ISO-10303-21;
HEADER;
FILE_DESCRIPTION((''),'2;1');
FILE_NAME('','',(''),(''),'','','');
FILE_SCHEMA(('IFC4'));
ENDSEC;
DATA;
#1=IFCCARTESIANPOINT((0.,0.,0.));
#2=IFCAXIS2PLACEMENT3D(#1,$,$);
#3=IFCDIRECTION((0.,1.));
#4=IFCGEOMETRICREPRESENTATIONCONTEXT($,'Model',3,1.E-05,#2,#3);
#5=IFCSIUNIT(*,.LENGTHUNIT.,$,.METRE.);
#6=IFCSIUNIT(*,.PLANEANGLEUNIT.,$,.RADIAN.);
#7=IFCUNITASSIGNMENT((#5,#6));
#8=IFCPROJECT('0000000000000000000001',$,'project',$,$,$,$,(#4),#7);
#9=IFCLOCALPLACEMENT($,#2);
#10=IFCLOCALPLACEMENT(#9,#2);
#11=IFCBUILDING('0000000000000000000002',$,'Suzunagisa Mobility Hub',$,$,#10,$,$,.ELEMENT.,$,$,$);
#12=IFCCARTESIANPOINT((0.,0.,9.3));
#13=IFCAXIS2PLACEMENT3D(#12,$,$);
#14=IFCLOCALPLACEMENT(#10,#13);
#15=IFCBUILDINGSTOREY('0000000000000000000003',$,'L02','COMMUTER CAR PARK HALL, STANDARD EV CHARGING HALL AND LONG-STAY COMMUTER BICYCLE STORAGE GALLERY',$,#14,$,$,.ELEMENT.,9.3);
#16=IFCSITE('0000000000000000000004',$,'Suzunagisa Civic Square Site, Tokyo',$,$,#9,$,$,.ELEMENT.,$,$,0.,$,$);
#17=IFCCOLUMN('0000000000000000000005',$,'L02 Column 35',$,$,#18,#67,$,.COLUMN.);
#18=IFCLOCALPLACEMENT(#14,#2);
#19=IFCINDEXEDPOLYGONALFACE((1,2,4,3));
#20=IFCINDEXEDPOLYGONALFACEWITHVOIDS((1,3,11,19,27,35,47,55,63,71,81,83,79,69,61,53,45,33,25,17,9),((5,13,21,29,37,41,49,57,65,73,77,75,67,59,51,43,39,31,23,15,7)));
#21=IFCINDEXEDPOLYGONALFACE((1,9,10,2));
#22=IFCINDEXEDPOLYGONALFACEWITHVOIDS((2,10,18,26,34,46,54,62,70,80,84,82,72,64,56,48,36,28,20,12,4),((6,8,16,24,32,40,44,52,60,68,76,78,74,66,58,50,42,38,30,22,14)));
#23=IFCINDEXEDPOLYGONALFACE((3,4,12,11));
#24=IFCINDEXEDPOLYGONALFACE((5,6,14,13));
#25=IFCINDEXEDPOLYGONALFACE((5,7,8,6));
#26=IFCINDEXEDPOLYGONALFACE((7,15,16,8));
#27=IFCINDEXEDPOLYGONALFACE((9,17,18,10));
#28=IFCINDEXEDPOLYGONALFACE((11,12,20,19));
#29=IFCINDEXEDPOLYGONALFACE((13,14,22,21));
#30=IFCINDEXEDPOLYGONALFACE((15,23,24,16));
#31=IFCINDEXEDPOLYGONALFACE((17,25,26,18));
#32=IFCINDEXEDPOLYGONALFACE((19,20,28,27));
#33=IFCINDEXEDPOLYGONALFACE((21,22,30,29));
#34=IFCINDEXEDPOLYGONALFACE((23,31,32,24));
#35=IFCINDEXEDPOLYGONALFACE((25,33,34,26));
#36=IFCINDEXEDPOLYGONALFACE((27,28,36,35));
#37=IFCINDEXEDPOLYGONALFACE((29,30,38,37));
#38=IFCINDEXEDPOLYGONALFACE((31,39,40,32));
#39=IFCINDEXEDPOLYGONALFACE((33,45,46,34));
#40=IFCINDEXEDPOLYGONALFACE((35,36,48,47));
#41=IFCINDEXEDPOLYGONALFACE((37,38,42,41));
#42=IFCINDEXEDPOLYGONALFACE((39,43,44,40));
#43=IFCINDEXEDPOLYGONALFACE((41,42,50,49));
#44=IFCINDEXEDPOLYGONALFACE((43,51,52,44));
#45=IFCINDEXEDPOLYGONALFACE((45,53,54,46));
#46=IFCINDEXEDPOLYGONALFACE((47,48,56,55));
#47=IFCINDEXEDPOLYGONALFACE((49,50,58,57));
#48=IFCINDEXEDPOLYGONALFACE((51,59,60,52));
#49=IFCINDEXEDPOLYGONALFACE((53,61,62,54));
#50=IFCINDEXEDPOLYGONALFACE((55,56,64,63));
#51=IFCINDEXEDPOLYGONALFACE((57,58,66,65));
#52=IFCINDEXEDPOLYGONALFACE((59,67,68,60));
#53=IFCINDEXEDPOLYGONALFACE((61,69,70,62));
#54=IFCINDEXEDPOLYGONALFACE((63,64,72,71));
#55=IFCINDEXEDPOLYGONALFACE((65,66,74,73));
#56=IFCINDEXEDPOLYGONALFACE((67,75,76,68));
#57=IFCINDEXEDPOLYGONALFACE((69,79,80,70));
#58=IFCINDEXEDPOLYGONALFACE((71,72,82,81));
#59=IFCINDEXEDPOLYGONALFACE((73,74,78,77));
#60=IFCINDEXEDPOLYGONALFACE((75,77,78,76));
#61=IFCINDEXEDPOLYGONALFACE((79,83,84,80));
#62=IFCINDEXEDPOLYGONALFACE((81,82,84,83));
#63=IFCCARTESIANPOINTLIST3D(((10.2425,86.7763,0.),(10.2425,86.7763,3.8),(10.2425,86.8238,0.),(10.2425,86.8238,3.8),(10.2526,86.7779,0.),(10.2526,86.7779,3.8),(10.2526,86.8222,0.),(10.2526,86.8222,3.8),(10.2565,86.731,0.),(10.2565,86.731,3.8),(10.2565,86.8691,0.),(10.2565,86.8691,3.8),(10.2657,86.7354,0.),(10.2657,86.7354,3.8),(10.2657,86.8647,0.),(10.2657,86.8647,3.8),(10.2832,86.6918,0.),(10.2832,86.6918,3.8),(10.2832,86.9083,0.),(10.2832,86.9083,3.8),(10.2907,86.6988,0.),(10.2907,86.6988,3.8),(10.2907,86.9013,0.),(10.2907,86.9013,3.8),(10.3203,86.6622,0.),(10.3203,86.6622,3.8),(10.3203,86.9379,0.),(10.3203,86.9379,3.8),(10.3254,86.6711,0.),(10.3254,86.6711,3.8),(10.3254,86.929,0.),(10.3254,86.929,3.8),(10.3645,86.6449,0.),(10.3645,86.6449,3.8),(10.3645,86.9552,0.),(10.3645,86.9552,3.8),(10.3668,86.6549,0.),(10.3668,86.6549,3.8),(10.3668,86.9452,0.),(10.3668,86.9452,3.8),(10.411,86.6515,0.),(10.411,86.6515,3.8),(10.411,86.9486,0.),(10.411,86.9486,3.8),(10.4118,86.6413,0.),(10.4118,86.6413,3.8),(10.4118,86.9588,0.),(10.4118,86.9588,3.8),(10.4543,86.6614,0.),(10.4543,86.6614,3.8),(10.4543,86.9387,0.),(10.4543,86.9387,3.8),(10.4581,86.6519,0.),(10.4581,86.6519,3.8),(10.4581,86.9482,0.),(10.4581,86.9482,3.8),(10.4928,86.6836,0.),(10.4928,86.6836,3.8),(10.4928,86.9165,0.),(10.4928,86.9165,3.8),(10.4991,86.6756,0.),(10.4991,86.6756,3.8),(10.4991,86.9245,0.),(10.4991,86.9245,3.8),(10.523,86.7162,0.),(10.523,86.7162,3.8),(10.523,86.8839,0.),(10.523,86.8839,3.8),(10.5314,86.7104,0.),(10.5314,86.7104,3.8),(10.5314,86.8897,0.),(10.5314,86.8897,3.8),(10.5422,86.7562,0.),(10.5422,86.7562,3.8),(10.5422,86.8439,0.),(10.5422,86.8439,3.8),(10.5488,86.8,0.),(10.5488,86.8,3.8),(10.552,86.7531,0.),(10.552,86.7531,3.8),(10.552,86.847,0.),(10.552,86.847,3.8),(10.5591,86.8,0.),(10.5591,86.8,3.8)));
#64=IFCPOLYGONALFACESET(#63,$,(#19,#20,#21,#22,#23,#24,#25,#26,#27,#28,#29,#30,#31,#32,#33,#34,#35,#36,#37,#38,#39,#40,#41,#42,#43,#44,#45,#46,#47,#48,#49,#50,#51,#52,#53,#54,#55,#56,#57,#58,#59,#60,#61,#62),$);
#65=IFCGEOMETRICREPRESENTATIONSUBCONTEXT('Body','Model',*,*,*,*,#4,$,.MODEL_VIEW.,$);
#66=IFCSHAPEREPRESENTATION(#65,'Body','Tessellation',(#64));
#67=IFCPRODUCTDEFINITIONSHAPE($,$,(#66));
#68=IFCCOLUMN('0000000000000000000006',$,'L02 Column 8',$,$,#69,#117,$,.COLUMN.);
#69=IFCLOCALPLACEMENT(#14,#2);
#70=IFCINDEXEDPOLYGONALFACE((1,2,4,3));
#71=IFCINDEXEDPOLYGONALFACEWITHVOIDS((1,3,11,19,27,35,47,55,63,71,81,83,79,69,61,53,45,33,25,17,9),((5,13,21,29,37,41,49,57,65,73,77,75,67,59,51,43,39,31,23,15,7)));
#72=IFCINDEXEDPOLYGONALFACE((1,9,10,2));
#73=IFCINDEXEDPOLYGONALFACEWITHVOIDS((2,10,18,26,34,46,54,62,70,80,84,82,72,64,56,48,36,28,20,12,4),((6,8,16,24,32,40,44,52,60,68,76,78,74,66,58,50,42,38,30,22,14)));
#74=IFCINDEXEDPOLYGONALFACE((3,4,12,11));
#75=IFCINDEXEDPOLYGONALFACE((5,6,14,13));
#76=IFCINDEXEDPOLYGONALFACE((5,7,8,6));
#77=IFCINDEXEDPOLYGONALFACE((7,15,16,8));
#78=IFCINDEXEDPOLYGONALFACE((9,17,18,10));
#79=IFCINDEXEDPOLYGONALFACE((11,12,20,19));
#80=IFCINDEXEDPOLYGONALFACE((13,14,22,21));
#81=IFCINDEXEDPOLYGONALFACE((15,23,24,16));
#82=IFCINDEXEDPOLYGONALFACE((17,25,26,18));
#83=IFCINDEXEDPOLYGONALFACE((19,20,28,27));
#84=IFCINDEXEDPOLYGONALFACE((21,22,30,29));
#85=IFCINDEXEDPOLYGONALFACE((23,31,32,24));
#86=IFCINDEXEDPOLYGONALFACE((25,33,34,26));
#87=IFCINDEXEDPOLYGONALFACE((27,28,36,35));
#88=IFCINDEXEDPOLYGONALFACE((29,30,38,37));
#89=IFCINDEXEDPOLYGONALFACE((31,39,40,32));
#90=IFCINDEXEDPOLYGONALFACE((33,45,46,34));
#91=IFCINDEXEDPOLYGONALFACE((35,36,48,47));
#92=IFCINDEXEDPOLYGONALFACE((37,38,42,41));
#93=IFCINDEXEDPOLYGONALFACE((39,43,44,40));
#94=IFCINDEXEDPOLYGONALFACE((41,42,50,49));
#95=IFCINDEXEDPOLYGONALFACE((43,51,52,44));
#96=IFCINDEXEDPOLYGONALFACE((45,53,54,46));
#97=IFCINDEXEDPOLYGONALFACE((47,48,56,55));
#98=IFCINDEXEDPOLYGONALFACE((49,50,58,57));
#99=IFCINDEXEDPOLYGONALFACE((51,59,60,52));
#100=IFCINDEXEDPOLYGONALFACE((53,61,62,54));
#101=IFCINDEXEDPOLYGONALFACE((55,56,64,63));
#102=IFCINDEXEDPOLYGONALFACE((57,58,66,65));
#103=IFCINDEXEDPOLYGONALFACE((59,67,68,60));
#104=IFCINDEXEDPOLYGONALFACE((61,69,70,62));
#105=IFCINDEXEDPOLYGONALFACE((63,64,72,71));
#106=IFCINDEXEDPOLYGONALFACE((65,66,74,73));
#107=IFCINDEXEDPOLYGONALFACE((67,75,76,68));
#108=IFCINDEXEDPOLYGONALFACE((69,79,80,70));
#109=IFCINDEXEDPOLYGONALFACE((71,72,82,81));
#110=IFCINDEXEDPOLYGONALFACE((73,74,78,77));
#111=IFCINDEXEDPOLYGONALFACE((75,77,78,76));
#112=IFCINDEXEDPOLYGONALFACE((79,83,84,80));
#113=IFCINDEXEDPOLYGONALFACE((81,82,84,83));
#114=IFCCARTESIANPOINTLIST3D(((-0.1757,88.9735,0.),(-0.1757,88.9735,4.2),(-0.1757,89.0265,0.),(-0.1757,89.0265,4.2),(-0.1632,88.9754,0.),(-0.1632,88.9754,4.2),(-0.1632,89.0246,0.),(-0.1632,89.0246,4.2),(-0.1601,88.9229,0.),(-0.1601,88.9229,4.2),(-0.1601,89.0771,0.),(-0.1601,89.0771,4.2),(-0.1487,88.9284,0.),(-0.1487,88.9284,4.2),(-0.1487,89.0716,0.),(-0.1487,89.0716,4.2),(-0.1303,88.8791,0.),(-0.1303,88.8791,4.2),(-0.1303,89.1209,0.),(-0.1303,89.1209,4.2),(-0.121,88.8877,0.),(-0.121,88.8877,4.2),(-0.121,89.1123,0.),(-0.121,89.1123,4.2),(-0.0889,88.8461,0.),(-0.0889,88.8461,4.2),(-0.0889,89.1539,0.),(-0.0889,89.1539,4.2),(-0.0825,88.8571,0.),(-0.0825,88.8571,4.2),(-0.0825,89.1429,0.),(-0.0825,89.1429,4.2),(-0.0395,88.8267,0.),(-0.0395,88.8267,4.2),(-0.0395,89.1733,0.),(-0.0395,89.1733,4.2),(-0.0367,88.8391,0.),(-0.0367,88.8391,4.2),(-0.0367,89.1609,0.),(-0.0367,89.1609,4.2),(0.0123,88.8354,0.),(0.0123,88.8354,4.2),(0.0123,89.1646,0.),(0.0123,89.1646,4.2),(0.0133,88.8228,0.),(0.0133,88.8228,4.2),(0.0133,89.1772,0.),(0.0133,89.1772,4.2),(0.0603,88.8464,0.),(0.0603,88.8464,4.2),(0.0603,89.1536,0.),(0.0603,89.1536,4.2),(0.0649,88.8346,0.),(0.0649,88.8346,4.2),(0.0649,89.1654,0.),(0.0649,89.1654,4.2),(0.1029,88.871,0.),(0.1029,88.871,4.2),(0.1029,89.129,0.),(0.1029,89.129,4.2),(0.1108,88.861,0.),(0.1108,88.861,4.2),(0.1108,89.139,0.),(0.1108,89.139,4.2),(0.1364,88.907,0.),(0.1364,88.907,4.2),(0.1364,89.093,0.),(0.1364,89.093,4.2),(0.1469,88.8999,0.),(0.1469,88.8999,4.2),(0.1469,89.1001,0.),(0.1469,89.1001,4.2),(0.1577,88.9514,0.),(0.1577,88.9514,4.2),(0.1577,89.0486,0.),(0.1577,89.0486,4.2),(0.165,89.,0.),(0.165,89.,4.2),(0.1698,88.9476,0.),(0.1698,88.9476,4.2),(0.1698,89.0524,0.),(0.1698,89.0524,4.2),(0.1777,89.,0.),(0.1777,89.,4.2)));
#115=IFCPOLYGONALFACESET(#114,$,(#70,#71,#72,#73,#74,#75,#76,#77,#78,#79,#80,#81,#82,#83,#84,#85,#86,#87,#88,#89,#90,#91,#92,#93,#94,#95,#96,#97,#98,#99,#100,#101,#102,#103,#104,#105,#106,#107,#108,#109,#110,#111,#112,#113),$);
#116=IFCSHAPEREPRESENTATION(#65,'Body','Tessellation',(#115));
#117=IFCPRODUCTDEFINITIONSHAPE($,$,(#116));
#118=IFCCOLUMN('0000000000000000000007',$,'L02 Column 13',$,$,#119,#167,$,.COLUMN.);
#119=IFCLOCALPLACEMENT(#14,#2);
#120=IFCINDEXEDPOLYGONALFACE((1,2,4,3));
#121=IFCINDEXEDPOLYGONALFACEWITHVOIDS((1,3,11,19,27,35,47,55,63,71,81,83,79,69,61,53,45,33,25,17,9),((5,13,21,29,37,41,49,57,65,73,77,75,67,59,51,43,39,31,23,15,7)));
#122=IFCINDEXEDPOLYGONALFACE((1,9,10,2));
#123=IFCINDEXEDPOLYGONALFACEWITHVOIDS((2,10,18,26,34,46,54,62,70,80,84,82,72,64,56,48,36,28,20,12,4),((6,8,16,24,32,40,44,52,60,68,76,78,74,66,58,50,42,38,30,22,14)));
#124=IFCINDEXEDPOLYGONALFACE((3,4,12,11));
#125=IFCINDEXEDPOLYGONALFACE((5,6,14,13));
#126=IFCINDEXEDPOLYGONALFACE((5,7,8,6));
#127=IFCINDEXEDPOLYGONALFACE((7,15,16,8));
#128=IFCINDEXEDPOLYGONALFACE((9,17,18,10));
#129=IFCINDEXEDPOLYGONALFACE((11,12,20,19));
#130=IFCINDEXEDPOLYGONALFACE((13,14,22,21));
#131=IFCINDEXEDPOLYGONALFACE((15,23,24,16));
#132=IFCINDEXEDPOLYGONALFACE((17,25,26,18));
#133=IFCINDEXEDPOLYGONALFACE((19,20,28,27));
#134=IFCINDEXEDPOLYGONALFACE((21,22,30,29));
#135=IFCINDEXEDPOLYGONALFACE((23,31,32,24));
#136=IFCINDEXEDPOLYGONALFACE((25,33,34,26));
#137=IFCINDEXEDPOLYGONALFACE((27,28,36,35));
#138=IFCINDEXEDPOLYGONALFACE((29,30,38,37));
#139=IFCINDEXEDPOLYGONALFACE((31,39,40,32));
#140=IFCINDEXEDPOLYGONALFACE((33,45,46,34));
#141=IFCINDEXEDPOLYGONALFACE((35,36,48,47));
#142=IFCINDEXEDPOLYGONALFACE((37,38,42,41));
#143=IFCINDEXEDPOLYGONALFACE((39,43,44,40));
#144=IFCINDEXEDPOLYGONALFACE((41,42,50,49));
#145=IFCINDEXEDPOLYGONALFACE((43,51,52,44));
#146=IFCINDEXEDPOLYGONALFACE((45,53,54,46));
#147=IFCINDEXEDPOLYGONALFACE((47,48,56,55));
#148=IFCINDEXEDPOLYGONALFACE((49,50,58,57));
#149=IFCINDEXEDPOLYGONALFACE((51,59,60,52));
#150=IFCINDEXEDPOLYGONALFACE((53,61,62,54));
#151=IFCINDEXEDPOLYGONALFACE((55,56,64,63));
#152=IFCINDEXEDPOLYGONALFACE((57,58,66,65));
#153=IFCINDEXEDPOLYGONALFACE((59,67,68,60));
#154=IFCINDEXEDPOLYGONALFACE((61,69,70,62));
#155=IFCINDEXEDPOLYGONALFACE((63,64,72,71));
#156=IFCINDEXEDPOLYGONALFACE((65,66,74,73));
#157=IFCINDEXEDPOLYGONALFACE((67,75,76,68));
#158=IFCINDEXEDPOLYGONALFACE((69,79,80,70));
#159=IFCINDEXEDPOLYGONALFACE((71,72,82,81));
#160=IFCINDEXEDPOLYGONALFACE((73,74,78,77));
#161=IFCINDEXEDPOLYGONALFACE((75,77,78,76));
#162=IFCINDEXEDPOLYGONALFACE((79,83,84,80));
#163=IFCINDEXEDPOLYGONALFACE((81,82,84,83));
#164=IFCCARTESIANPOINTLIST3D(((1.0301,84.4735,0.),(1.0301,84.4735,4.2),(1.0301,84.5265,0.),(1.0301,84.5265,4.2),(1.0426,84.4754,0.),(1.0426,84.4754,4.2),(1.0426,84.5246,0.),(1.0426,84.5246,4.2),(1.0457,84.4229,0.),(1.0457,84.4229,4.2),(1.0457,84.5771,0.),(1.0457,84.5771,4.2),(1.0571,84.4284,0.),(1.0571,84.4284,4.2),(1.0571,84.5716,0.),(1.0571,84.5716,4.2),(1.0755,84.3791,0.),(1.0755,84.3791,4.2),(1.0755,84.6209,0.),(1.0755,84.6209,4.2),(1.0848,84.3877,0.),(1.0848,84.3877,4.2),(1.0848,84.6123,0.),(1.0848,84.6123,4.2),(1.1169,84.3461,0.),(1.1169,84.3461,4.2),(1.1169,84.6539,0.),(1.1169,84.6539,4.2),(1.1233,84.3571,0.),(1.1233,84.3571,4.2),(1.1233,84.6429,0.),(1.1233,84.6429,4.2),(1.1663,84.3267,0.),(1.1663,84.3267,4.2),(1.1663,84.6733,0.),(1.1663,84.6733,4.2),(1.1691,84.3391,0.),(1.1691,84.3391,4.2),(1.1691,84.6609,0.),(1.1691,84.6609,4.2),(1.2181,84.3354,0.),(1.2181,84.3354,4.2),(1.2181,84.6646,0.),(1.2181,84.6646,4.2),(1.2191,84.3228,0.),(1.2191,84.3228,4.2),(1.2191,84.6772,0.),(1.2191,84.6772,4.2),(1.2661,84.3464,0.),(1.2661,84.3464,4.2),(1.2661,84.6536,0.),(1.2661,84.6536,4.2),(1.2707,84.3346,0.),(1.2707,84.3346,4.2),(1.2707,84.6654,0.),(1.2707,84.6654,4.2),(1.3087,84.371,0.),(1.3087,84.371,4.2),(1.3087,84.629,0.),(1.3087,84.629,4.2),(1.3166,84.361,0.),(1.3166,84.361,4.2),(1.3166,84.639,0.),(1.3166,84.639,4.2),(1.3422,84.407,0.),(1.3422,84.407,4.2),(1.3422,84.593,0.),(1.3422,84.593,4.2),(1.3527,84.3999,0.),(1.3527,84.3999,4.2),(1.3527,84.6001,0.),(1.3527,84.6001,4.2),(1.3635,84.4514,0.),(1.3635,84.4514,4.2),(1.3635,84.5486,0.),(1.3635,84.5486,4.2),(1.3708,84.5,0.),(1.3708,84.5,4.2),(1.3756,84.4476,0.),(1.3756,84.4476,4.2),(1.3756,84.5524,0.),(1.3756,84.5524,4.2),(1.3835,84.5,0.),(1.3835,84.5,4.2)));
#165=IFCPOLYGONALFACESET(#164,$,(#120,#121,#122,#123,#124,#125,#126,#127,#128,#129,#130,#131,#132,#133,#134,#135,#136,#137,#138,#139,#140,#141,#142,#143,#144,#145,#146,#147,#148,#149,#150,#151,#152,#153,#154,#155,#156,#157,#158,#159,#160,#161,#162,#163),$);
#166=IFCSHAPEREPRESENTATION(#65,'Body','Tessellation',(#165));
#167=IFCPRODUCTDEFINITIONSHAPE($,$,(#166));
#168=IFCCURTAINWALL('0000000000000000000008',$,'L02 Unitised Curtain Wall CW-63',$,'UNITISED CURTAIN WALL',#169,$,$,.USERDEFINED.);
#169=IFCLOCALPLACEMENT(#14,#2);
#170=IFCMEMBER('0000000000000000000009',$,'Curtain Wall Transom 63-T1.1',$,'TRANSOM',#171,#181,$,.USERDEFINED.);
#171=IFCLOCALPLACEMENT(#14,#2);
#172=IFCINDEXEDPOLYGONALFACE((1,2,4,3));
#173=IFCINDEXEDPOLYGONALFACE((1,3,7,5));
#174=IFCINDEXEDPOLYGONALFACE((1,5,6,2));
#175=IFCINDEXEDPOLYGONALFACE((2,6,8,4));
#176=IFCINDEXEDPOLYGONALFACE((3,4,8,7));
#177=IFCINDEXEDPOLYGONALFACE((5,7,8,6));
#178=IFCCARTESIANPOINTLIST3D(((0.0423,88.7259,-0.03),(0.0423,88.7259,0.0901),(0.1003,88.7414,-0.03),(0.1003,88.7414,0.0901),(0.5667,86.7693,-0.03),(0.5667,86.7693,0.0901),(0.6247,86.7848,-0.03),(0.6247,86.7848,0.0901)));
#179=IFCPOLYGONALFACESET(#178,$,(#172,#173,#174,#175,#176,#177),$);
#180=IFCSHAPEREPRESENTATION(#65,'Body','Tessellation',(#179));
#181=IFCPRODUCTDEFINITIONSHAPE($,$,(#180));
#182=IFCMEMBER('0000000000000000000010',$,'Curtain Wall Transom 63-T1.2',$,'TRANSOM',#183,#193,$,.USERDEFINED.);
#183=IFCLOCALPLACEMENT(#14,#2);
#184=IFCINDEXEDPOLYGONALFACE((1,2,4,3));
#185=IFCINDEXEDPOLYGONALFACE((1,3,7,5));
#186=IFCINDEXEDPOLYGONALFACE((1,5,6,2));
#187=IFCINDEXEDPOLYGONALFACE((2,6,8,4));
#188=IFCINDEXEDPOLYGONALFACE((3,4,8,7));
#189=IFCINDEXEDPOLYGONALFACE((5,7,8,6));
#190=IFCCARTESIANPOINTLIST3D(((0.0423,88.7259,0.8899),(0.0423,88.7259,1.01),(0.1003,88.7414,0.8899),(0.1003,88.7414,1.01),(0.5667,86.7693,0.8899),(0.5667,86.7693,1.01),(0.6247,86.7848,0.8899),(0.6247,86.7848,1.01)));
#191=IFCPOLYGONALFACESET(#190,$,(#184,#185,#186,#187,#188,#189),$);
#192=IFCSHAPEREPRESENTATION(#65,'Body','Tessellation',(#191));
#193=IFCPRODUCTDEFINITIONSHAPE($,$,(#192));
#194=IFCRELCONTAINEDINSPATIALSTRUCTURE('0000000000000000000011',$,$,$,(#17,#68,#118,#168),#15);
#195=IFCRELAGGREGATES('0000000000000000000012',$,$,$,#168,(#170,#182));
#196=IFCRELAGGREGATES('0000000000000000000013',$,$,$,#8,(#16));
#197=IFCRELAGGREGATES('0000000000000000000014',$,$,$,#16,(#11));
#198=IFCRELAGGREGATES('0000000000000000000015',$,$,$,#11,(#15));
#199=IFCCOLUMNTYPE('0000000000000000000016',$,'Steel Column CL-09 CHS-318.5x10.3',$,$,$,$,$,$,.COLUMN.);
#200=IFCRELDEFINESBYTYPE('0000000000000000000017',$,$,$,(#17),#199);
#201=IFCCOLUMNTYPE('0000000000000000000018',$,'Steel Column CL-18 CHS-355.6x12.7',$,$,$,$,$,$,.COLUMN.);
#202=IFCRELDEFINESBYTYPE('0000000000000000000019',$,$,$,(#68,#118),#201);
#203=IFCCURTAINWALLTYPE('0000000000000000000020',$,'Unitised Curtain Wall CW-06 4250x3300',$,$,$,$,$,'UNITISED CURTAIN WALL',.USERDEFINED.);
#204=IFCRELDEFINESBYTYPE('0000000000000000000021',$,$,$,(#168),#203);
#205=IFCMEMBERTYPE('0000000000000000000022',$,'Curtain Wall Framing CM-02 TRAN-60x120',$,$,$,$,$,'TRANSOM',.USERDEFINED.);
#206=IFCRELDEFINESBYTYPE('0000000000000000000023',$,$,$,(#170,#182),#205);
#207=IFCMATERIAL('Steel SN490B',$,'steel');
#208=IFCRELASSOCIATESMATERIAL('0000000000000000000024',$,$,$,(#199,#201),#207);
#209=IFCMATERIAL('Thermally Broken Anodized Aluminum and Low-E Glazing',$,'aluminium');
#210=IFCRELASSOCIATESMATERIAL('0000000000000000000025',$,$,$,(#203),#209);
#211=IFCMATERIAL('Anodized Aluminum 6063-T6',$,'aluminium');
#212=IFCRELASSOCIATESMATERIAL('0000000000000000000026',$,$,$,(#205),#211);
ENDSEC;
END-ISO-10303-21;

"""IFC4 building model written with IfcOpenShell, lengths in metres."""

from ifc_helpers import new_model, si_unit, direction, frame, origin, origin_2d, place, context, subcontext, project, spatial, rectangle, hollow_circle, extrude, material, material_profile, profile_set, type_object, element, aggregate, save


model = new_model("IFC4")

# Units and contexts
model_context = context("Model", 3, precision=1e-05, world=origin(), true_north=direction((0.0, 1.0)))
body_context = subcontext(model_context, "Body", "Model", "MODEL_VIEW")
ifc_project = project(units=[si_unit("LENGTHUNIT", "METRE"), si_unit("PLANEANGLEUNIT", "RADIAN")], contexts=[model_context])

# Site, building, storey
site_placement = place(None, origin())
site = spatial("IfcSite", under=ifc_project, at=site_placement, Name="Suzunagisa Civic Square Site, Tokyo", CompositionType="ELEMENT", RefElevation=0.0)
building_placement = place(site_placement, origin())
building = spatial("IfcBuilding", under=site, at=building_placement, Name="Suzunagisa Mobility Hub", CompositionType="ELEMENT")
storey_placement = place(building_placement, frame((0.0, 0.0, 9.3)))
storey = spatial("IfcBuildingStorey", under=building, at=storey_placement, Name="L02", Description="COMMUTER CAR PARK HALL, STANDARD EV CHARGING HALL AND LONG-STAY COMMUTER BICYCLE STORAGE GALLERY", CompositionType="ELEMENT", Elevation=9.3)

# Columns
ifc_material_1 = material(Name="Steel SN490B", Category="steel")
ifc_material_profile_1 = material_profile(ifc_material_1, hollow_circle(Radius=0.1592, WallThickness=0.0103, at=origin_2d()), Name="CHS-318.5x10.3")
ifc_profile_set_1 = profile_set([ifc_material_profile_1], Name="Steel SN490B")
column_type_1 = type_object("IfcColumnType", Name="Steel Column CL-09 CHS-318.5x10.3", PredefinedType="COLUMN", material=ifc_profile_set_1)
column_placement = place(storey_placement, frame((10.3999, 86.8, 0.0), z_axis=(0.0, 0.0, 1.0), x_axis=(1.0, 0.0, 0.0)))
element("IfcColumn", 1, at=column_placement, inside=storey, type_object=column_type_1, Name="L02 Column 35", PredefinedType="COLUMN", context=body_context, shape_type="SweptSolid", body=[
    extrude(hollow_circle(Radius=0.1592, WallThickness=0.0103, at=origin_2d()), origin(), (0.0, 0.0, 1.0), 3.8),
])
ifc_material_profile_2 = material_profile(ifc_material_1, hollow_circle(Radius=0.1777, WallThickness=0.0127, at=origin_2d()), Name="CHS-355.6x12.7")
ifc_profile_set_2 = profile_set([ifc_material_profile_2], Name="Steel SN490B")
column_type_2 = type_object("IfcColumnType", Name="Steel Column CL-18 CHS-355.6x12.7", PredefinedType="COLUMN", material=ifc_profile_set_2)
for number, where, z_axis, x_axis, name in (
    (2, (0.0, 89.0, 0.0), (0.0, 0.0, 1.0), (1.0, 0.0, 0.0), "L02 Column 8"),
    (3, (1.2058, 84.5, 0.0), (0.0, 0.0, 1.0), (1.0, 0.0, 0.0), "L02 Column 13"),
):
    element("IfcColumn", number, at=place(storey_placement, frame(where, z_axis=z_axis, x_axis=x_axis)), inside=storey, type_object=column_type_2, Name=name, PredefinedType="COLUMN", context=body_context, shape_type="SweptSolid", body=[
        extrude(hollow_circle(Radius=0.1777, WallThickness=0.0127, at=origin_2d()), origin(), (0.0, 0.0, 1.0), 4.2),
    ])

# Curtain wall, members
ifc_material_2 = material(Name="Thermally Broken Anodized Aluminum and Low-E Glazing", Category="aluminium")
curtain_wall_type_1 = type_object("IfcCurtainWallType", Name="Unitised Curtain Wall CW-06 4250x3300", ElementType="UNITISED CURTAIN WALL", PredefinedType="USERDEFINED", material=ifc_material_2)
curtain_wall_1_placement = place(storey_placement, origin())
curtain_wall_1 = element("IfcCurtainWall", 4, at=curtain_wall_1_placement, inside=storey, type_object=curtain_wall_type_1, Name="L02 Unitised Curtain Wall CW-63", ObjectType="UNITISED CURTAIN WALL", PredefinedType="USERDEFINED")
ifc_material_3 = material(Name="Anodized Aluminum 6063-T6", Category="aluminium")
ifc_material_profile_3 = material_profile(ifc_material_3, rectangle(XDim=0.0601, YDim=0.1201, at=origin_2d()), Name="TRAN-60x120")
ifc_profile_set_3 = profile_set([ifc_material_profile_3], Name="Anodized Aluminum 6063-T6")
member_type_1 = type_object("IfcMemberType", Name="Curtain Wall Framing CM-02 TRAN-60x120", ElementType="TRANSOM", PredefinedType="USERDEFINED", material=ifc_profile_set_3)
member_1_placement = place(storey_placement, frame((0.0713, 88.7336, 0.03), z_axis=(0.258893, -0.965906, 0.0), x_axis=(0.965906, 0.258893, 0.0)))
member_1 = element("IfcMember", 5, at=member_1_placement, type_object=member_type_1, Name="Curtain Wall Transom 63-T1.1", ObjectType="TRANSOM", PredefinedType="USERDEFINED", context=body_context, shape_type="SweptSolid", body=[
    extrude(rectangle(XDim=0.0601, YDim=0.1201, at=origin_2d()), origin(), (0.0, 0.0, 1.0), 2.0256),
])
member_2_placement = place(storey_placement, frame((0.0713, 88.7336, 0.95), z_axis=(0.258893, -0.965906, 0.0), x_axis=(0.965906, 0.258893, 0.0)))
member_2 = element("IfcMember", 6, at=member_2_placement, type_object=member_type_1, Name="Curtain Wall Transom 63-T1.2", ObjectType="TRANSOM", PredefinedType="USERDEFINED", context=body_context, shape_type="SweptSolid", body=[
    extrude(rectangle(XDim=0.0601, YDim=0.1201, at=origin_2d()), origin(), (0.0, 0.0, 1.0), 2.0256),
])

aggregate(curtain_wall_1, [member_1, member_2])

save(model, "model.ifc")
